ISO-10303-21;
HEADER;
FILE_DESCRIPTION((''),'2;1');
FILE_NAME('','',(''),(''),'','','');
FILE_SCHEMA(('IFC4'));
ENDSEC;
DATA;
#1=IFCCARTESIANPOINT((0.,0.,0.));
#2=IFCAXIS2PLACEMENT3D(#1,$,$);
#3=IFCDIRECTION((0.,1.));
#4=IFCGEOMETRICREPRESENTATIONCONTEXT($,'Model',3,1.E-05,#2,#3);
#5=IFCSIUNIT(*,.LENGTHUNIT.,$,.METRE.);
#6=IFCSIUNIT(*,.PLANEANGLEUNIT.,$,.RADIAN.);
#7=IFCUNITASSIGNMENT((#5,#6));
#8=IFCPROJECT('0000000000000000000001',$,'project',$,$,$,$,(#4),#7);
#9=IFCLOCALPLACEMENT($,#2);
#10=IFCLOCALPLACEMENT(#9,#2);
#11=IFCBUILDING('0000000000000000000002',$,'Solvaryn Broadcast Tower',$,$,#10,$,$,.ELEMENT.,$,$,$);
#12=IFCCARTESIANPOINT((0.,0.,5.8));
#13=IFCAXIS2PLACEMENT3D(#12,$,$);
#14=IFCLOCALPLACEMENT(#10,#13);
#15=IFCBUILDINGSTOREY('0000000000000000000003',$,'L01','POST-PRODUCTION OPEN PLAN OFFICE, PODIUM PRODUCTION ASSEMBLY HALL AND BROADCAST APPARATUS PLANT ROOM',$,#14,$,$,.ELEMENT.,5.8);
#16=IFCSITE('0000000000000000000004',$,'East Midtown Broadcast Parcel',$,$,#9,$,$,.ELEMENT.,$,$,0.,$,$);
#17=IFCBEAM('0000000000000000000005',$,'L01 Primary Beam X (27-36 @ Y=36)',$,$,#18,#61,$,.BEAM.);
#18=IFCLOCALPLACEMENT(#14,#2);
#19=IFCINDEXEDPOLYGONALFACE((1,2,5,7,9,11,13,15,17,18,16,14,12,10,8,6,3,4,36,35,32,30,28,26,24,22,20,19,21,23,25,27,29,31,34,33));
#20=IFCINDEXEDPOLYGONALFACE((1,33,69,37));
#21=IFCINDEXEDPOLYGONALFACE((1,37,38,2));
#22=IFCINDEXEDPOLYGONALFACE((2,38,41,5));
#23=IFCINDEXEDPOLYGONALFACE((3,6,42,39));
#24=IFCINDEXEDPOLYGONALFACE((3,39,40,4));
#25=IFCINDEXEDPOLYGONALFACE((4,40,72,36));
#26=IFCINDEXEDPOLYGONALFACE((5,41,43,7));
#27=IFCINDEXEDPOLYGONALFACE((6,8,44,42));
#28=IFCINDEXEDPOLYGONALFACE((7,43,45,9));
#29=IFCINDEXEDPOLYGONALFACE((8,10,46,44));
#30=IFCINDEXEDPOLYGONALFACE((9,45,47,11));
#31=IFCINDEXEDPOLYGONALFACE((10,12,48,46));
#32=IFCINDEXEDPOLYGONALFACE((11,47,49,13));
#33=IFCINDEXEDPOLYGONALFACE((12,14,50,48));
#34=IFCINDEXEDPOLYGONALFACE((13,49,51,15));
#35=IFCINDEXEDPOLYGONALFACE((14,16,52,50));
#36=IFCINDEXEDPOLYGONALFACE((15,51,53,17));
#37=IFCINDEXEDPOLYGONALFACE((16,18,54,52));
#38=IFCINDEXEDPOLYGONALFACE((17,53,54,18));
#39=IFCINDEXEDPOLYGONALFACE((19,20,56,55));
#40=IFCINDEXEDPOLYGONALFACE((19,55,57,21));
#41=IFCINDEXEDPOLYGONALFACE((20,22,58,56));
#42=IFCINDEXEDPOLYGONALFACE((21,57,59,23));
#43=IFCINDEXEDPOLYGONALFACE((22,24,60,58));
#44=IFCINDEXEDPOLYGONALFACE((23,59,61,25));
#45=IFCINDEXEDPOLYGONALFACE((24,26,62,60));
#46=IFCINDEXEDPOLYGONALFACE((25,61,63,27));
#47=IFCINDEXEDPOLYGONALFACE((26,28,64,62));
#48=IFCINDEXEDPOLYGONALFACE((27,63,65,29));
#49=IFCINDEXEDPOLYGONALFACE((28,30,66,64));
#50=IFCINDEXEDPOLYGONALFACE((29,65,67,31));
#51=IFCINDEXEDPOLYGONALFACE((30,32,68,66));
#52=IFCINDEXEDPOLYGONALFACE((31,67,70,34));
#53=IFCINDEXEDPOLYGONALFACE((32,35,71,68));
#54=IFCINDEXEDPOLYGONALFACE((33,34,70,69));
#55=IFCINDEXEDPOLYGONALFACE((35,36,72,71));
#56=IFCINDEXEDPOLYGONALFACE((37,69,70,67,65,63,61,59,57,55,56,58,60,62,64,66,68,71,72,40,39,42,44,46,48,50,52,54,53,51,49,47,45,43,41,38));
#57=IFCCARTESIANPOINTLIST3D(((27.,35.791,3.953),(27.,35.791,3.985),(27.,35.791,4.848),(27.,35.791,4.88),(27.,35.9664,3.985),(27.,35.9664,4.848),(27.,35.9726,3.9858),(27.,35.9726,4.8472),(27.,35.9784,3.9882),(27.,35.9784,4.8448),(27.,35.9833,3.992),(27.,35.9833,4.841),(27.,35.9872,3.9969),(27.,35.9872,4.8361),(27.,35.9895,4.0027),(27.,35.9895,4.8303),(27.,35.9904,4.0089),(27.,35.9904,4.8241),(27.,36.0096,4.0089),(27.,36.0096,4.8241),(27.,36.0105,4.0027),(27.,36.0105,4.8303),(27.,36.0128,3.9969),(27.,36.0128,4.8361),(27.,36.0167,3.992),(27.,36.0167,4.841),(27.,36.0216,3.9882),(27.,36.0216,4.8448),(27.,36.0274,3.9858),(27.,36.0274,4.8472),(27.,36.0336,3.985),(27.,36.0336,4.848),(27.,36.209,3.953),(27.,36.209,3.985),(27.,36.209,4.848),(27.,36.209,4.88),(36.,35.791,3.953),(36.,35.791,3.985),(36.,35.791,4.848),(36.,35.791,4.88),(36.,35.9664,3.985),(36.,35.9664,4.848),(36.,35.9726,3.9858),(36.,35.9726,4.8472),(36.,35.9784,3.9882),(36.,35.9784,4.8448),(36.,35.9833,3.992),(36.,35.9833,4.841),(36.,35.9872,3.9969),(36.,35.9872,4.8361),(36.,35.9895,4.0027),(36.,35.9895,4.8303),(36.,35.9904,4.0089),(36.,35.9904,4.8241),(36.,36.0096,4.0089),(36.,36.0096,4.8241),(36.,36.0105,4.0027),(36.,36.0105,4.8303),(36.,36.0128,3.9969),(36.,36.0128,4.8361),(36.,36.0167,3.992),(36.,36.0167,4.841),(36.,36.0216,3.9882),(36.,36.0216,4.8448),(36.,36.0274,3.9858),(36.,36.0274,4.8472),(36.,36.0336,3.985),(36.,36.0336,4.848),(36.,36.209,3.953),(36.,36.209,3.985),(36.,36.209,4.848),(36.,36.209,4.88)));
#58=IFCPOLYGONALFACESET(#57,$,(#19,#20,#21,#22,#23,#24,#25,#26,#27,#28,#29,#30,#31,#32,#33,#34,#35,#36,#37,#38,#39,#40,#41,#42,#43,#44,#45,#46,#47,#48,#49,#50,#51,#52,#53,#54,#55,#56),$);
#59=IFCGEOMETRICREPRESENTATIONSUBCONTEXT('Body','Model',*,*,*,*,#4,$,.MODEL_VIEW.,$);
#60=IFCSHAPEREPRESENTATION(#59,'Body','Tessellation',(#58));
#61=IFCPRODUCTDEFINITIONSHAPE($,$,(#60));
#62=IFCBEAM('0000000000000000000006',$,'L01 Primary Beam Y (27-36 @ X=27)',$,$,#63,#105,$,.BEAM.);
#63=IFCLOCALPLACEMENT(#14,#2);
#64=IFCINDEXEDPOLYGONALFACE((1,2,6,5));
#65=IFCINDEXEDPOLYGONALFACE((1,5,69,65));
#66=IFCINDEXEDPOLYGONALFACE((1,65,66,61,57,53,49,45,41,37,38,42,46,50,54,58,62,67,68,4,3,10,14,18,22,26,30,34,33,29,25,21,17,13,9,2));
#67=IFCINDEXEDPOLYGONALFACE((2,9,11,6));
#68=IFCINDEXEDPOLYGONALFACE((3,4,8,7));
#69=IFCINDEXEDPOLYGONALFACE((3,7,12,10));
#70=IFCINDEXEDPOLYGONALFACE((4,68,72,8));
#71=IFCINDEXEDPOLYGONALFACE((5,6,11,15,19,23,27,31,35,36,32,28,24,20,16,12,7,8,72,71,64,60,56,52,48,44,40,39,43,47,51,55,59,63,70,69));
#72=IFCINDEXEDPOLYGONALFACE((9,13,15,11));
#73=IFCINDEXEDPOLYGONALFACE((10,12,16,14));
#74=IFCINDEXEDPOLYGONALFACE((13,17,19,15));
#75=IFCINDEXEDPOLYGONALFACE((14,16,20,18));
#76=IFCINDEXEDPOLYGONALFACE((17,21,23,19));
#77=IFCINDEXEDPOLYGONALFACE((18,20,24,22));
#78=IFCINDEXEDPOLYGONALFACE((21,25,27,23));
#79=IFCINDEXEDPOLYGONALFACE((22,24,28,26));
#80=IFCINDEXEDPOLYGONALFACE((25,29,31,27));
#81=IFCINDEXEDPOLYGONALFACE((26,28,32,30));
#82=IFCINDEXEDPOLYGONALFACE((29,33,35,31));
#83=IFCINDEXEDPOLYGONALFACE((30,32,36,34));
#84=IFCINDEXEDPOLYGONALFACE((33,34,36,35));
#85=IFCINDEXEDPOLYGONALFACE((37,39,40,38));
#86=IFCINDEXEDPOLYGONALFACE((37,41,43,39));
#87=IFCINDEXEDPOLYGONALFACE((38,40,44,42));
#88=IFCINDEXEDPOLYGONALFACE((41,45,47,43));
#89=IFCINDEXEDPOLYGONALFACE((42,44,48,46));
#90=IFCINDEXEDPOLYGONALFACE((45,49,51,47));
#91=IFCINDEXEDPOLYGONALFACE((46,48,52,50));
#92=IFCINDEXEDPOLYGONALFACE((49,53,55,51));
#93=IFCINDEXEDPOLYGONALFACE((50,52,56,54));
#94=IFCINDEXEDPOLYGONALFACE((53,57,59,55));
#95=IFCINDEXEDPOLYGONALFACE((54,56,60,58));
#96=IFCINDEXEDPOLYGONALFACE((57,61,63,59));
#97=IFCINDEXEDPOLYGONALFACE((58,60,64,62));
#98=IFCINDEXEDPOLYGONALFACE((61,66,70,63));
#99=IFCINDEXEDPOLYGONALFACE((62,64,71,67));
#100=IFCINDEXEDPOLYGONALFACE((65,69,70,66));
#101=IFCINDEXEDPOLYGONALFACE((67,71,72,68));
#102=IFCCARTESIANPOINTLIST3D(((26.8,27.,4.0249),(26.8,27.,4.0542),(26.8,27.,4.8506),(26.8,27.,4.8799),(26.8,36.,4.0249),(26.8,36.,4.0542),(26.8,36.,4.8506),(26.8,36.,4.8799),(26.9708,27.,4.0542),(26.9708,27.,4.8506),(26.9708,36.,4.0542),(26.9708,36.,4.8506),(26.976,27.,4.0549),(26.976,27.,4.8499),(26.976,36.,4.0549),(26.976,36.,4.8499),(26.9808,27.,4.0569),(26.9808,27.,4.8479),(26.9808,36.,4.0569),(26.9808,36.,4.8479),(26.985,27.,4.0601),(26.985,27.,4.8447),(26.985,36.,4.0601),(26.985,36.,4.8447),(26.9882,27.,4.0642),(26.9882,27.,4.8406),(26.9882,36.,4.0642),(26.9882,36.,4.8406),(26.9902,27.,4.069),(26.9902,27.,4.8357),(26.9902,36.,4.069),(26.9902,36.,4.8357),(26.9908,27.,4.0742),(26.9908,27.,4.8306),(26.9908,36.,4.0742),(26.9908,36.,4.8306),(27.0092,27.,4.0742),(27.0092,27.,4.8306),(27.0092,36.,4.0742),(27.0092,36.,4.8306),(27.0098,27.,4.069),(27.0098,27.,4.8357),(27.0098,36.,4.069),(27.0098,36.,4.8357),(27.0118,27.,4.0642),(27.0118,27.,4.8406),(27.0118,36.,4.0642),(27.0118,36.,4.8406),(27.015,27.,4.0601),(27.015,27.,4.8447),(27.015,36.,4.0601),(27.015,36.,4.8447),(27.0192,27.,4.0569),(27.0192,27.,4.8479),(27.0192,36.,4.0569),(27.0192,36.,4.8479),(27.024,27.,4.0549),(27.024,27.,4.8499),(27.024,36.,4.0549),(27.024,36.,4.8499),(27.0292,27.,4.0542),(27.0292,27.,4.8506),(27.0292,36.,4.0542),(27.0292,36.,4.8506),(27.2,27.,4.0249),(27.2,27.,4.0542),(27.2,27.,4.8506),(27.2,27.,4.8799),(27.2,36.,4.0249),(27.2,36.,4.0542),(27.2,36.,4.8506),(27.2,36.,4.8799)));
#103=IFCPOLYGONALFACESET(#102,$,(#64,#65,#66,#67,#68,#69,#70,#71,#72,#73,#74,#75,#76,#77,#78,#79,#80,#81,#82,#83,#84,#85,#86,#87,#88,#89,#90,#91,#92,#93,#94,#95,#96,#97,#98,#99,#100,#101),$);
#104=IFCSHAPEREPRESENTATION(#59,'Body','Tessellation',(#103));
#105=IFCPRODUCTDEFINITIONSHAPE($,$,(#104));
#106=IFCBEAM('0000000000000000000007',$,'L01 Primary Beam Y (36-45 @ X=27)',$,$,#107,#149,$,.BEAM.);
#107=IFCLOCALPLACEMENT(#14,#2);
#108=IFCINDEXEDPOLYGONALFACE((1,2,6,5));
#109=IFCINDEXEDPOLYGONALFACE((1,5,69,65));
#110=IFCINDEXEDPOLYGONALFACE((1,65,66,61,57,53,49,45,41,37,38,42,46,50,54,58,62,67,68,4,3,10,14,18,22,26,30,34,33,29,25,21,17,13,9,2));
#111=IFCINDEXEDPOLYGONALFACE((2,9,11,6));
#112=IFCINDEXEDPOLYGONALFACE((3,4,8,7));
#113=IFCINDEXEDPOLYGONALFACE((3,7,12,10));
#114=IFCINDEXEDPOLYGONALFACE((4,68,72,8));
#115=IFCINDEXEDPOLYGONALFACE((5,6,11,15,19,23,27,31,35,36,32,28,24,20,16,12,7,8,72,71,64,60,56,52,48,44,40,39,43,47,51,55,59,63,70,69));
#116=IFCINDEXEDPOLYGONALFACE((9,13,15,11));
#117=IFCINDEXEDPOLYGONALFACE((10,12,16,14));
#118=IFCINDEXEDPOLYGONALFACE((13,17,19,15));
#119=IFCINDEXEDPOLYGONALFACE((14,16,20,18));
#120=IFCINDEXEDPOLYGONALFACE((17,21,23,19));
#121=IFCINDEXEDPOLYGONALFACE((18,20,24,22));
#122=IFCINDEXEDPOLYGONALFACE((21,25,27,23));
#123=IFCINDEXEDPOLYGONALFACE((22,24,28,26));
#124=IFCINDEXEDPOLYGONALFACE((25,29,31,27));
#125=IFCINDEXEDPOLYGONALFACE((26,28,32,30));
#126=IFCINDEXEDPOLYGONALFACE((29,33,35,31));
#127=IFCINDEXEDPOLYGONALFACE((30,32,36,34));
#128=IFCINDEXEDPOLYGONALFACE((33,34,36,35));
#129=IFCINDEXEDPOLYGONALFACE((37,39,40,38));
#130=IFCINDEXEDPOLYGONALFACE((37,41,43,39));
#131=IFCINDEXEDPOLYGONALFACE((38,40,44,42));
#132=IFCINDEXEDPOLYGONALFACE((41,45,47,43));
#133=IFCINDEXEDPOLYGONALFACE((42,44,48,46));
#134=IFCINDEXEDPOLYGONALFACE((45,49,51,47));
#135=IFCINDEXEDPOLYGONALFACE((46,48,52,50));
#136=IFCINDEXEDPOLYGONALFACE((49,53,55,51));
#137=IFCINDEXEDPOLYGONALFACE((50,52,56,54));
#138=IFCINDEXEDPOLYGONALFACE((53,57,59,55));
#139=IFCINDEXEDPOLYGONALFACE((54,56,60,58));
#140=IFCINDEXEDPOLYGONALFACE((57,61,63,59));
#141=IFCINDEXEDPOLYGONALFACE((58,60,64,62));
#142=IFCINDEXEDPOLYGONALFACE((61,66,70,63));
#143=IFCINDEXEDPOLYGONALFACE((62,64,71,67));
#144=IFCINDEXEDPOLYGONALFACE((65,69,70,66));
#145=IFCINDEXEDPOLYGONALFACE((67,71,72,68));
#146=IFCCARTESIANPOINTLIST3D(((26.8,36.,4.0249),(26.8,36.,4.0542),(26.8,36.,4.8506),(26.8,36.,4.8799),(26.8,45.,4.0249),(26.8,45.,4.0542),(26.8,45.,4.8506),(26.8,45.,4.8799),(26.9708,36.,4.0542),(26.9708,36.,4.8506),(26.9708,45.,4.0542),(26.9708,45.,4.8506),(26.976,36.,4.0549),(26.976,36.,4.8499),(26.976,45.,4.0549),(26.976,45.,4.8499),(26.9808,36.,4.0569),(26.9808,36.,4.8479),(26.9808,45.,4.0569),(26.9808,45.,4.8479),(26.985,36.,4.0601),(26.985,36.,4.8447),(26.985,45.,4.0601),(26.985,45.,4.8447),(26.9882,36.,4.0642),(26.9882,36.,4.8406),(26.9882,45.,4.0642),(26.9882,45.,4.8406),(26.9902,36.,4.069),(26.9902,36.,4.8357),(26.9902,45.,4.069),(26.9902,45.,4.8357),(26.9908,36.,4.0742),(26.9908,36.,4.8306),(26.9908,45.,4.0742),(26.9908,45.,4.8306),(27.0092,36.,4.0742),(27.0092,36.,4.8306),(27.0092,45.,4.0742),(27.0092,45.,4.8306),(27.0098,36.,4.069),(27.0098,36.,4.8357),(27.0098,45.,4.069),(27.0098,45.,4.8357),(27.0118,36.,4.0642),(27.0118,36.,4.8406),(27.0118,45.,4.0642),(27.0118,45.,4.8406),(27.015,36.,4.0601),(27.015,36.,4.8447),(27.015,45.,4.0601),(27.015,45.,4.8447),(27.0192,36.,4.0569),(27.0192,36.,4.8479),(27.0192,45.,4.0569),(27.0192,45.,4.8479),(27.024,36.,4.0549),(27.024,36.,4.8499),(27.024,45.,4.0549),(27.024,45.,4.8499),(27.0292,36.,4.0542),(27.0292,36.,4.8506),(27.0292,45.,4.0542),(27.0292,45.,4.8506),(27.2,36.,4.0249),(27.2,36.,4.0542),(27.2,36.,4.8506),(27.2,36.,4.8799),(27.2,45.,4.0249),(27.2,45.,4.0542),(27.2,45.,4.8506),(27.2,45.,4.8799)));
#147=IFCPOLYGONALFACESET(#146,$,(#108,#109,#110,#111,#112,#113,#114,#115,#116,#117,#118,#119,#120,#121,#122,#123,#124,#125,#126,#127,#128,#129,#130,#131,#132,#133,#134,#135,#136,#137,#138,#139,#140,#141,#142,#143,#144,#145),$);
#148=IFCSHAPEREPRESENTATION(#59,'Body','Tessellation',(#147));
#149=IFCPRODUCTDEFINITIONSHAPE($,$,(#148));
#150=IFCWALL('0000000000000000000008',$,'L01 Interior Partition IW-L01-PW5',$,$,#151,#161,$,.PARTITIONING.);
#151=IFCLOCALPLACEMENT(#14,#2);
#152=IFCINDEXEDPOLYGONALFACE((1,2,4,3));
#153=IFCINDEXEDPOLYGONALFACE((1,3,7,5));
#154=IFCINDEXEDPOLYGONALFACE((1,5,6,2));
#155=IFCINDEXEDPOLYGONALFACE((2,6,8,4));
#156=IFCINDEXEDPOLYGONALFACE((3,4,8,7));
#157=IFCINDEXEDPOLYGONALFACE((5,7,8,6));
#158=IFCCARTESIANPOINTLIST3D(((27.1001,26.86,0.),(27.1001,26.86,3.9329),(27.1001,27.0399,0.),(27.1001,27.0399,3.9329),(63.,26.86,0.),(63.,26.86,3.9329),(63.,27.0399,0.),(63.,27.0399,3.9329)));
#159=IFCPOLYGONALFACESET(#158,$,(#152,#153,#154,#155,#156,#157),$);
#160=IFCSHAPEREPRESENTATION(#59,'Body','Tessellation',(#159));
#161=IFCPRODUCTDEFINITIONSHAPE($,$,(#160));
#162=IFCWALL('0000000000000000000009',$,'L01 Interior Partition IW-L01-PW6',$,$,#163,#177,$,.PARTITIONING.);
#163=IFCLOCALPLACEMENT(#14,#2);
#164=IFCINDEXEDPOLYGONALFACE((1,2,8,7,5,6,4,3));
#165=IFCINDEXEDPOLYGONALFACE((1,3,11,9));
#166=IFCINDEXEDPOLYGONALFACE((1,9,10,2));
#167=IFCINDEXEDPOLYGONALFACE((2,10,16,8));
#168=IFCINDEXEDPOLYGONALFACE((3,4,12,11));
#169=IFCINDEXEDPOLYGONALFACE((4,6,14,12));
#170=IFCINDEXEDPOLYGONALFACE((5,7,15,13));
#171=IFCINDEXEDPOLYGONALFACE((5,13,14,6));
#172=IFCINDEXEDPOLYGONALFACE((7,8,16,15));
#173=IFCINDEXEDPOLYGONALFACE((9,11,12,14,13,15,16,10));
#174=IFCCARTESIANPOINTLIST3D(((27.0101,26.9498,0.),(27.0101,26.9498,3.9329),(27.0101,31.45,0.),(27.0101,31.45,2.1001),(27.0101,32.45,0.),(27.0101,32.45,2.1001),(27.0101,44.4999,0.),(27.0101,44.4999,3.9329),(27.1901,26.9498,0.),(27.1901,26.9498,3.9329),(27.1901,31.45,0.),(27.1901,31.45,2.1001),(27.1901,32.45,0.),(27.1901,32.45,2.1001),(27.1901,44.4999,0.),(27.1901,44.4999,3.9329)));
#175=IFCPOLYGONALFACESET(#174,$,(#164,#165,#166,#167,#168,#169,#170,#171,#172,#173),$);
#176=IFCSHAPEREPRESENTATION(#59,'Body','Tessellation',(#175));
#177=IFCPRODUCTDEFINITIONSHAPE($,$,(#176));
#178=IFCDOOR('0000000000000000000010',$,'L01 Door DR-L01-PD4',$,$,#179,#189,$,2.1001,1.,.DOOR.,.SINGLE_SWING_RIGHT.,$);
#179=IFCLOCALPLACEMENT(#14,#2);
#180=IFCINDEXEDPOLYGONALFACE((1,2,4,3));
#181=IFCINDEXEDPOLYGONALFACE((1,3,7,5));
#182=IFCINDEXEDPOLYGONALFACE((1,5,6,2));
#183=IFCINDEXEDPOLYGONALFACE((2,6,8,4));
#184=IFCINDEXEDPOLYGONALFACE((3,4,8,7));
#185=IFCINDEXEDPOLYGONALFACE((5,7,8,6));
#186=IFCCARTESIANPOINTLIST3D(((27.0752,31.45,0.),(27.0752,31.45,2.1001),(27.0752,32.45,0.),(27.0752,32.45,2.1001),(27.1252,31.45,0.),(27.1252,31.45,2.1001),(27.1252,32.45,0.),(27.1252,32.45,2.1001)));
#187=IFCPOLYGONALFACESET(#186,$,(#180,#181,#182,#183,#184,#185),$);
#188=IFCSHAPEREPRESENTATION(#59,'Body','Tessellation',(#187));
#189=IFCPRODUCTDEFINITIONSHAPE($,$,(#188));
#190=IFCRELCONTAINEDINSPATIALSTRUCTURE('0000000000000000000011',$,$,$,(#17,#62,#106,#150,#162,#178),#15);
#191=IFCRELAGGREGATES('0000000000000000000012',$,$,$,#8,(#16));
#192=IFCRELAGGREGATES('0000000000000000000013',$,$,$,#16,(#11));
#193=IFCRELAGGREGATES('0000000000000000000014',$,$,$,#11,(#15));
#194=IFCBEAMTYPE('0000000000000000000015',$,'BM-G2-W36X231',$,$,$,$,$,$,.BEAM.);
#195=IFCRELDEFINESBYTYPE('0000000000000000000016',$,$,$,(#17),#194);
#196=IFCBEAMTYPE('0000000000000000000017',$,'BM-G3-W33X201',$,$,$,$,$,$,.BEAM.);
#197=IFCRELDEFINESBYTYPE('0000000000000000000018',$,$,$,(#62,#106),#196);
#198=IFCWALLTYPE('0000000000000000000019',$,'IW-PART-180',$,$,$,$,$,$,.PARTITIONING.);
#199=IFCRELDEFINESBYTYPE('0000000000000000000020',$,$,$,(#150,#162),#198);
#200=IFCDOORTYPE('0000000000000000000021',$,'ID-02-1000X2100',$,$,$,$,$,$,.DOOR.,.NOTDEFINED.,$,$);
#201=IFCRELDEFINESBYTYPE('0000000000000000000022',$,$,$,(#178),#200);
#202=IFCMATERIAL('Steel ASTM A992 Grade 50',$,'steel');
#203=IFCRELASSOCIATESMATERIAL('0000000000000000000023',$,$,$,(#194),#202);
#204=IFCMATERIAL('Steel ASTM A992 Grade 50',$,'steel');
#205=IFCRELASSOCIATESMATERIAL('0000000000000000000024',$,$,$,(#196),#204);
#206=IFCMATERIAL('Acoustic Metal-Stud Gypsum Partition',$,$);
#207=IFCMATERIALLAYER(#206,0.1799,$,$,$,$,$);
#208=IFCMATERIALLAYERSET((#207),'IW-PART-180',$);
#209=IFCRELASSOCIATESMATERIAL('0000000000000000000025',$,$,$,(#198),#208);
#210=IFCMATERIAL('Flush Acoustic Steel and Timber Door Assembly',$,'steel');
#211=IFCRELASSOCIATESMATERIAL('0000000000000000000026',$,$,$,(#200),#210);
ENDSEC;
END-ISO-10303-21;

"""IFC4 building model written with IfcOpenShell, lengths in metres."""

from ifc_helpers import new_model, si_unit, direction, frame, frame_2d, origin, origin_2d, place, context, subcontext, project, spatial, rectangle, i_section, extrude, material, layer, layer_set, material_profile, profile_set, type_object, element, fill, save


model = new_model("IFC4")

# Units and contexts
model_context = context("Model", 3, precision=1e-05, world=origin(), true_north=direction((0.0, 1.0)))
body_context = subcontext(model_context, "Body", "Model", "MODEL_VIEW")
ifc_project = project(units=[si_unit("LENGTHUNIT", "METRE"), si_unit("PLANEANGLEUNIT", "RADIAN")], contexts=[model_context])

# Site, building, storey
site_placement = place(None, origin())
site = spatial("IfcSite", under=ifc_project, at=site_placement, Name="East Midtown Broadcast Parcel", CompositionType="ELEMENT", RefElevation=0.0)
building_placement = place(site_placement, origin())
building = spatial("IfcBuilding", under=site, at=building_placement, Name="Solvaryn Broadcast Tower", CompositionType="ELEMENT")
storey_placement = place(building_placement, frame((0.0, 0.0, 5.8)))
storey = spatial("IfcBuildingStorey", under=building, at=storey_placement, Name="L01", Description="POST-PRODUCTION OPEN PLAN OFFICE, PODIUM PRODUCTION ASSEMBLY HALL AND BROADCAST APPARATUS PLANT ROOM", CompositionType="ELEMENT", Elevation=5.8)

# Beams
ifc_material_1 = material(Name="Steel ASTM A992 Grade 50", Category="steel")
ifc_material_profile_1 = material_profile(ifc_material_1, i_section(OverallWidth=0.418, OverallDepth=0.927, WebThickness=0.0193, FlangeThickness=0.032, FilletRadius=0.0239, at=origin_2d()))
ifc_profile_set_1 = profile_set([ifc_material_profile_1], Name="Steel ASTM A992 Grade 50")
beam_type_1 = type_object("IfcBeamType", Name="BM-G2-W36X231", PredefinedType="BEAM", material=ifc_profile_set_1)
for number, where, z_axis, x_axis, name in (
    (1, (27.0, 36.0, 4.4165), (1.0, 0.0, 0.0), (0.0, 1.0, 0.0), "L01 Primary Beam X (27-36 @ Y=36)"),
):
    element("IfcBeam", number, at=place(storey_placement, frame(where, z_axis=z_axis, x_axis=x_axis)), inside=storey, type_object=beam_type_1, Name=name, PredefinedType="BEAM", context=body_context, shape_type="SweptSolid", body=[
        extrude(i_section(OverallWidth=0.418, OverallDepth=0.927, WebThickness=0.0193, FlangeThickness=0.032, FilletRadius=0.0239, at=origin_2d()), origin(), (0.0, 0.0, 1.0), 9.0),
    ])
ifc_material_2 = material(Name="Steel ASTM A992 Grade 50", Category="steel")
ifc_material_profile_2 = material_profile(ifc_material_2, i_section(OverallWidth=0.3999, OverallDepth=0.855, WebThickness=0.0183, FlangeThickness=0.0293, FilletRadius=0.02, at=origin_2d()))
ifc_profile_set_2 = profile_set([ifc_material_profile_2], Name="Steel ASTM A992 Grade 50")
beam_type_2 = type_object("IfcBeamType", Name="BM-G3-W33X201", PredefinedType="BEAM", material=ifc_profile_set_2)
for number, where, z_axis, x_axis, name in (
    (2, (27.0, 27.0, 4.4524), (0.0, 1.0, 0.0), (-1.0, 0.0, 0.0), "L01 Primary Beam Y (27-36 @ X=27)"),
    (3, (27.0, 36.0, 4.4524), (0.0, 1.0, 0.0), (-1.0, 0.0, 0.0), "L01 Primary Beam Y (36-45 @ X=27)"),
):
    element("IfcBeam", number, at=place(storey_placement, frame(where, z_axis=z_axis, x_axis=x_axis)), inside=storey, type_object=beam_type_2, Name=name, PredefinedType="BEAM", context=body_context, shape_type="SweptSolid", body=[
        extrude(i_section(OverallWidth=0.3999, OverallDepth=0.855, WebThickness=0.0183, FlangeThickness=0.0293, FilletRadius=0.02, at=origin_2d()), origin(), (0.0, 0.0, 1.0), 9.0),
    ])

# Wall
ifc_material_3 = material(Name="Acoustic Metal-Stud Gypsum Partition")
ifc_layer_1 = layer(ifc_material_3, 0.1799)
ifc_layer_set_1 = layer_set([ifc_layer_1], Name="IW-PART-180")
wall_type_1 = type_object("IfcWallType", Name="IW-PART-180", PredefinedType="PARTITIONING", material=ifc_layer_set_1)
wall_1_placement = place(storey_placement, frame((27.1001, 26.95, 0.0), z_axis=(0.0, 0.0, 1.0), x_axis=(1.0, 0.0, 0.0)))
element("IfcWall", 4, at=wall_1_placement, inside=storey, type_object=wall_type_1, Name="L01 Interior Partition IW-L01-PW5", PredefinedType="PARTITIONING", context=body_context, shape_type="SweptSolid", body=[
    extrude(rectangle(XDim=35.8999, YDim=0.1799, at=frame_2d((17.95, 0.0))), origin(), (0.0, 0.0, 1.0), 3.9329),
])

# Wall, opening, door
wall_2_placement = place(storey_placement, frame((27.1001, 26.95, 0.0), z_axis=(0.0, 0.0, 1.0), x_axis=(0.0, 1.0, 0.0)))
wall_2 = element("IfcWall", 5, at=wall_2_placement, inside=storey, type_object=wall_type_1, Name="L01 Interior Partition IW-L01-PW6", PredefinedType="PARTITIONING", context=body_context, shape_type="SweptSolid", body=[
    extrude(rectangle(XDim=17.55, YDim=0.1799, at=frame_2d((8.7749, 0.0))), origin(), (0.0, 0.0, 1.0), 3.9329),
])
opening_1_placement = place(wall_2_placement, frame((4.5, 0.0, 0.0)))
opening_1 = element("IfcOpeningElement", 6, at=opening_1_placement, cuts=wall_2, PredefinedType="OPENING", context=body_context, shape_type="SweptSolid", body=[
    extrude(rectangle(XDim=1.0, YDim=2.1001, at=frame_2d((0.5, 1.05))), frame((0.0, 0.0999, 0.0), z_axis=(0.0, -1.0, 0.0), x_axis=(1.0, 0.0, 0.0)), (0.0, 0.0, 1.0), 0.2),
])
ifc_material_4 = material(Name="Flush Acoustic Steel and Timber Door Assembly", Category="steel")
door_type_1 = type_object("IfcDoorType", Name="ID-02-1000X2100", OperationType="NOTDEFINED", PredefinedType="DOOR", material=ifc_material_4)
door_1_placement = place(opening_1_placement, origin())
door_1 = element("IfcDoor", 7, at=door_1_placement, inside=storey, type_object=door_type_1, Name="L01 Door DR-L01-PD4", OperationType="SINGLE_SWING_RIGHT", OverallHeight=2.1001, OverallWidth=1.0, PredefinedType="DOOR", context=body_context, shape_type="SweptSolid", body=[
    extrude(rectangle(XDim=1.0, YDim=2.1001, at=frame_2d((0.5, 1.05))), frame((0.0, 0.0249, 0.0), z_axis=(0.0, -1.0, 0.0), x_axis=(1.0, 0.0, 0.0)), (0.0, 0.0, 1.0), 0.05),
])
fill(opening_1, door_1)

save(model, "model.ifc")
